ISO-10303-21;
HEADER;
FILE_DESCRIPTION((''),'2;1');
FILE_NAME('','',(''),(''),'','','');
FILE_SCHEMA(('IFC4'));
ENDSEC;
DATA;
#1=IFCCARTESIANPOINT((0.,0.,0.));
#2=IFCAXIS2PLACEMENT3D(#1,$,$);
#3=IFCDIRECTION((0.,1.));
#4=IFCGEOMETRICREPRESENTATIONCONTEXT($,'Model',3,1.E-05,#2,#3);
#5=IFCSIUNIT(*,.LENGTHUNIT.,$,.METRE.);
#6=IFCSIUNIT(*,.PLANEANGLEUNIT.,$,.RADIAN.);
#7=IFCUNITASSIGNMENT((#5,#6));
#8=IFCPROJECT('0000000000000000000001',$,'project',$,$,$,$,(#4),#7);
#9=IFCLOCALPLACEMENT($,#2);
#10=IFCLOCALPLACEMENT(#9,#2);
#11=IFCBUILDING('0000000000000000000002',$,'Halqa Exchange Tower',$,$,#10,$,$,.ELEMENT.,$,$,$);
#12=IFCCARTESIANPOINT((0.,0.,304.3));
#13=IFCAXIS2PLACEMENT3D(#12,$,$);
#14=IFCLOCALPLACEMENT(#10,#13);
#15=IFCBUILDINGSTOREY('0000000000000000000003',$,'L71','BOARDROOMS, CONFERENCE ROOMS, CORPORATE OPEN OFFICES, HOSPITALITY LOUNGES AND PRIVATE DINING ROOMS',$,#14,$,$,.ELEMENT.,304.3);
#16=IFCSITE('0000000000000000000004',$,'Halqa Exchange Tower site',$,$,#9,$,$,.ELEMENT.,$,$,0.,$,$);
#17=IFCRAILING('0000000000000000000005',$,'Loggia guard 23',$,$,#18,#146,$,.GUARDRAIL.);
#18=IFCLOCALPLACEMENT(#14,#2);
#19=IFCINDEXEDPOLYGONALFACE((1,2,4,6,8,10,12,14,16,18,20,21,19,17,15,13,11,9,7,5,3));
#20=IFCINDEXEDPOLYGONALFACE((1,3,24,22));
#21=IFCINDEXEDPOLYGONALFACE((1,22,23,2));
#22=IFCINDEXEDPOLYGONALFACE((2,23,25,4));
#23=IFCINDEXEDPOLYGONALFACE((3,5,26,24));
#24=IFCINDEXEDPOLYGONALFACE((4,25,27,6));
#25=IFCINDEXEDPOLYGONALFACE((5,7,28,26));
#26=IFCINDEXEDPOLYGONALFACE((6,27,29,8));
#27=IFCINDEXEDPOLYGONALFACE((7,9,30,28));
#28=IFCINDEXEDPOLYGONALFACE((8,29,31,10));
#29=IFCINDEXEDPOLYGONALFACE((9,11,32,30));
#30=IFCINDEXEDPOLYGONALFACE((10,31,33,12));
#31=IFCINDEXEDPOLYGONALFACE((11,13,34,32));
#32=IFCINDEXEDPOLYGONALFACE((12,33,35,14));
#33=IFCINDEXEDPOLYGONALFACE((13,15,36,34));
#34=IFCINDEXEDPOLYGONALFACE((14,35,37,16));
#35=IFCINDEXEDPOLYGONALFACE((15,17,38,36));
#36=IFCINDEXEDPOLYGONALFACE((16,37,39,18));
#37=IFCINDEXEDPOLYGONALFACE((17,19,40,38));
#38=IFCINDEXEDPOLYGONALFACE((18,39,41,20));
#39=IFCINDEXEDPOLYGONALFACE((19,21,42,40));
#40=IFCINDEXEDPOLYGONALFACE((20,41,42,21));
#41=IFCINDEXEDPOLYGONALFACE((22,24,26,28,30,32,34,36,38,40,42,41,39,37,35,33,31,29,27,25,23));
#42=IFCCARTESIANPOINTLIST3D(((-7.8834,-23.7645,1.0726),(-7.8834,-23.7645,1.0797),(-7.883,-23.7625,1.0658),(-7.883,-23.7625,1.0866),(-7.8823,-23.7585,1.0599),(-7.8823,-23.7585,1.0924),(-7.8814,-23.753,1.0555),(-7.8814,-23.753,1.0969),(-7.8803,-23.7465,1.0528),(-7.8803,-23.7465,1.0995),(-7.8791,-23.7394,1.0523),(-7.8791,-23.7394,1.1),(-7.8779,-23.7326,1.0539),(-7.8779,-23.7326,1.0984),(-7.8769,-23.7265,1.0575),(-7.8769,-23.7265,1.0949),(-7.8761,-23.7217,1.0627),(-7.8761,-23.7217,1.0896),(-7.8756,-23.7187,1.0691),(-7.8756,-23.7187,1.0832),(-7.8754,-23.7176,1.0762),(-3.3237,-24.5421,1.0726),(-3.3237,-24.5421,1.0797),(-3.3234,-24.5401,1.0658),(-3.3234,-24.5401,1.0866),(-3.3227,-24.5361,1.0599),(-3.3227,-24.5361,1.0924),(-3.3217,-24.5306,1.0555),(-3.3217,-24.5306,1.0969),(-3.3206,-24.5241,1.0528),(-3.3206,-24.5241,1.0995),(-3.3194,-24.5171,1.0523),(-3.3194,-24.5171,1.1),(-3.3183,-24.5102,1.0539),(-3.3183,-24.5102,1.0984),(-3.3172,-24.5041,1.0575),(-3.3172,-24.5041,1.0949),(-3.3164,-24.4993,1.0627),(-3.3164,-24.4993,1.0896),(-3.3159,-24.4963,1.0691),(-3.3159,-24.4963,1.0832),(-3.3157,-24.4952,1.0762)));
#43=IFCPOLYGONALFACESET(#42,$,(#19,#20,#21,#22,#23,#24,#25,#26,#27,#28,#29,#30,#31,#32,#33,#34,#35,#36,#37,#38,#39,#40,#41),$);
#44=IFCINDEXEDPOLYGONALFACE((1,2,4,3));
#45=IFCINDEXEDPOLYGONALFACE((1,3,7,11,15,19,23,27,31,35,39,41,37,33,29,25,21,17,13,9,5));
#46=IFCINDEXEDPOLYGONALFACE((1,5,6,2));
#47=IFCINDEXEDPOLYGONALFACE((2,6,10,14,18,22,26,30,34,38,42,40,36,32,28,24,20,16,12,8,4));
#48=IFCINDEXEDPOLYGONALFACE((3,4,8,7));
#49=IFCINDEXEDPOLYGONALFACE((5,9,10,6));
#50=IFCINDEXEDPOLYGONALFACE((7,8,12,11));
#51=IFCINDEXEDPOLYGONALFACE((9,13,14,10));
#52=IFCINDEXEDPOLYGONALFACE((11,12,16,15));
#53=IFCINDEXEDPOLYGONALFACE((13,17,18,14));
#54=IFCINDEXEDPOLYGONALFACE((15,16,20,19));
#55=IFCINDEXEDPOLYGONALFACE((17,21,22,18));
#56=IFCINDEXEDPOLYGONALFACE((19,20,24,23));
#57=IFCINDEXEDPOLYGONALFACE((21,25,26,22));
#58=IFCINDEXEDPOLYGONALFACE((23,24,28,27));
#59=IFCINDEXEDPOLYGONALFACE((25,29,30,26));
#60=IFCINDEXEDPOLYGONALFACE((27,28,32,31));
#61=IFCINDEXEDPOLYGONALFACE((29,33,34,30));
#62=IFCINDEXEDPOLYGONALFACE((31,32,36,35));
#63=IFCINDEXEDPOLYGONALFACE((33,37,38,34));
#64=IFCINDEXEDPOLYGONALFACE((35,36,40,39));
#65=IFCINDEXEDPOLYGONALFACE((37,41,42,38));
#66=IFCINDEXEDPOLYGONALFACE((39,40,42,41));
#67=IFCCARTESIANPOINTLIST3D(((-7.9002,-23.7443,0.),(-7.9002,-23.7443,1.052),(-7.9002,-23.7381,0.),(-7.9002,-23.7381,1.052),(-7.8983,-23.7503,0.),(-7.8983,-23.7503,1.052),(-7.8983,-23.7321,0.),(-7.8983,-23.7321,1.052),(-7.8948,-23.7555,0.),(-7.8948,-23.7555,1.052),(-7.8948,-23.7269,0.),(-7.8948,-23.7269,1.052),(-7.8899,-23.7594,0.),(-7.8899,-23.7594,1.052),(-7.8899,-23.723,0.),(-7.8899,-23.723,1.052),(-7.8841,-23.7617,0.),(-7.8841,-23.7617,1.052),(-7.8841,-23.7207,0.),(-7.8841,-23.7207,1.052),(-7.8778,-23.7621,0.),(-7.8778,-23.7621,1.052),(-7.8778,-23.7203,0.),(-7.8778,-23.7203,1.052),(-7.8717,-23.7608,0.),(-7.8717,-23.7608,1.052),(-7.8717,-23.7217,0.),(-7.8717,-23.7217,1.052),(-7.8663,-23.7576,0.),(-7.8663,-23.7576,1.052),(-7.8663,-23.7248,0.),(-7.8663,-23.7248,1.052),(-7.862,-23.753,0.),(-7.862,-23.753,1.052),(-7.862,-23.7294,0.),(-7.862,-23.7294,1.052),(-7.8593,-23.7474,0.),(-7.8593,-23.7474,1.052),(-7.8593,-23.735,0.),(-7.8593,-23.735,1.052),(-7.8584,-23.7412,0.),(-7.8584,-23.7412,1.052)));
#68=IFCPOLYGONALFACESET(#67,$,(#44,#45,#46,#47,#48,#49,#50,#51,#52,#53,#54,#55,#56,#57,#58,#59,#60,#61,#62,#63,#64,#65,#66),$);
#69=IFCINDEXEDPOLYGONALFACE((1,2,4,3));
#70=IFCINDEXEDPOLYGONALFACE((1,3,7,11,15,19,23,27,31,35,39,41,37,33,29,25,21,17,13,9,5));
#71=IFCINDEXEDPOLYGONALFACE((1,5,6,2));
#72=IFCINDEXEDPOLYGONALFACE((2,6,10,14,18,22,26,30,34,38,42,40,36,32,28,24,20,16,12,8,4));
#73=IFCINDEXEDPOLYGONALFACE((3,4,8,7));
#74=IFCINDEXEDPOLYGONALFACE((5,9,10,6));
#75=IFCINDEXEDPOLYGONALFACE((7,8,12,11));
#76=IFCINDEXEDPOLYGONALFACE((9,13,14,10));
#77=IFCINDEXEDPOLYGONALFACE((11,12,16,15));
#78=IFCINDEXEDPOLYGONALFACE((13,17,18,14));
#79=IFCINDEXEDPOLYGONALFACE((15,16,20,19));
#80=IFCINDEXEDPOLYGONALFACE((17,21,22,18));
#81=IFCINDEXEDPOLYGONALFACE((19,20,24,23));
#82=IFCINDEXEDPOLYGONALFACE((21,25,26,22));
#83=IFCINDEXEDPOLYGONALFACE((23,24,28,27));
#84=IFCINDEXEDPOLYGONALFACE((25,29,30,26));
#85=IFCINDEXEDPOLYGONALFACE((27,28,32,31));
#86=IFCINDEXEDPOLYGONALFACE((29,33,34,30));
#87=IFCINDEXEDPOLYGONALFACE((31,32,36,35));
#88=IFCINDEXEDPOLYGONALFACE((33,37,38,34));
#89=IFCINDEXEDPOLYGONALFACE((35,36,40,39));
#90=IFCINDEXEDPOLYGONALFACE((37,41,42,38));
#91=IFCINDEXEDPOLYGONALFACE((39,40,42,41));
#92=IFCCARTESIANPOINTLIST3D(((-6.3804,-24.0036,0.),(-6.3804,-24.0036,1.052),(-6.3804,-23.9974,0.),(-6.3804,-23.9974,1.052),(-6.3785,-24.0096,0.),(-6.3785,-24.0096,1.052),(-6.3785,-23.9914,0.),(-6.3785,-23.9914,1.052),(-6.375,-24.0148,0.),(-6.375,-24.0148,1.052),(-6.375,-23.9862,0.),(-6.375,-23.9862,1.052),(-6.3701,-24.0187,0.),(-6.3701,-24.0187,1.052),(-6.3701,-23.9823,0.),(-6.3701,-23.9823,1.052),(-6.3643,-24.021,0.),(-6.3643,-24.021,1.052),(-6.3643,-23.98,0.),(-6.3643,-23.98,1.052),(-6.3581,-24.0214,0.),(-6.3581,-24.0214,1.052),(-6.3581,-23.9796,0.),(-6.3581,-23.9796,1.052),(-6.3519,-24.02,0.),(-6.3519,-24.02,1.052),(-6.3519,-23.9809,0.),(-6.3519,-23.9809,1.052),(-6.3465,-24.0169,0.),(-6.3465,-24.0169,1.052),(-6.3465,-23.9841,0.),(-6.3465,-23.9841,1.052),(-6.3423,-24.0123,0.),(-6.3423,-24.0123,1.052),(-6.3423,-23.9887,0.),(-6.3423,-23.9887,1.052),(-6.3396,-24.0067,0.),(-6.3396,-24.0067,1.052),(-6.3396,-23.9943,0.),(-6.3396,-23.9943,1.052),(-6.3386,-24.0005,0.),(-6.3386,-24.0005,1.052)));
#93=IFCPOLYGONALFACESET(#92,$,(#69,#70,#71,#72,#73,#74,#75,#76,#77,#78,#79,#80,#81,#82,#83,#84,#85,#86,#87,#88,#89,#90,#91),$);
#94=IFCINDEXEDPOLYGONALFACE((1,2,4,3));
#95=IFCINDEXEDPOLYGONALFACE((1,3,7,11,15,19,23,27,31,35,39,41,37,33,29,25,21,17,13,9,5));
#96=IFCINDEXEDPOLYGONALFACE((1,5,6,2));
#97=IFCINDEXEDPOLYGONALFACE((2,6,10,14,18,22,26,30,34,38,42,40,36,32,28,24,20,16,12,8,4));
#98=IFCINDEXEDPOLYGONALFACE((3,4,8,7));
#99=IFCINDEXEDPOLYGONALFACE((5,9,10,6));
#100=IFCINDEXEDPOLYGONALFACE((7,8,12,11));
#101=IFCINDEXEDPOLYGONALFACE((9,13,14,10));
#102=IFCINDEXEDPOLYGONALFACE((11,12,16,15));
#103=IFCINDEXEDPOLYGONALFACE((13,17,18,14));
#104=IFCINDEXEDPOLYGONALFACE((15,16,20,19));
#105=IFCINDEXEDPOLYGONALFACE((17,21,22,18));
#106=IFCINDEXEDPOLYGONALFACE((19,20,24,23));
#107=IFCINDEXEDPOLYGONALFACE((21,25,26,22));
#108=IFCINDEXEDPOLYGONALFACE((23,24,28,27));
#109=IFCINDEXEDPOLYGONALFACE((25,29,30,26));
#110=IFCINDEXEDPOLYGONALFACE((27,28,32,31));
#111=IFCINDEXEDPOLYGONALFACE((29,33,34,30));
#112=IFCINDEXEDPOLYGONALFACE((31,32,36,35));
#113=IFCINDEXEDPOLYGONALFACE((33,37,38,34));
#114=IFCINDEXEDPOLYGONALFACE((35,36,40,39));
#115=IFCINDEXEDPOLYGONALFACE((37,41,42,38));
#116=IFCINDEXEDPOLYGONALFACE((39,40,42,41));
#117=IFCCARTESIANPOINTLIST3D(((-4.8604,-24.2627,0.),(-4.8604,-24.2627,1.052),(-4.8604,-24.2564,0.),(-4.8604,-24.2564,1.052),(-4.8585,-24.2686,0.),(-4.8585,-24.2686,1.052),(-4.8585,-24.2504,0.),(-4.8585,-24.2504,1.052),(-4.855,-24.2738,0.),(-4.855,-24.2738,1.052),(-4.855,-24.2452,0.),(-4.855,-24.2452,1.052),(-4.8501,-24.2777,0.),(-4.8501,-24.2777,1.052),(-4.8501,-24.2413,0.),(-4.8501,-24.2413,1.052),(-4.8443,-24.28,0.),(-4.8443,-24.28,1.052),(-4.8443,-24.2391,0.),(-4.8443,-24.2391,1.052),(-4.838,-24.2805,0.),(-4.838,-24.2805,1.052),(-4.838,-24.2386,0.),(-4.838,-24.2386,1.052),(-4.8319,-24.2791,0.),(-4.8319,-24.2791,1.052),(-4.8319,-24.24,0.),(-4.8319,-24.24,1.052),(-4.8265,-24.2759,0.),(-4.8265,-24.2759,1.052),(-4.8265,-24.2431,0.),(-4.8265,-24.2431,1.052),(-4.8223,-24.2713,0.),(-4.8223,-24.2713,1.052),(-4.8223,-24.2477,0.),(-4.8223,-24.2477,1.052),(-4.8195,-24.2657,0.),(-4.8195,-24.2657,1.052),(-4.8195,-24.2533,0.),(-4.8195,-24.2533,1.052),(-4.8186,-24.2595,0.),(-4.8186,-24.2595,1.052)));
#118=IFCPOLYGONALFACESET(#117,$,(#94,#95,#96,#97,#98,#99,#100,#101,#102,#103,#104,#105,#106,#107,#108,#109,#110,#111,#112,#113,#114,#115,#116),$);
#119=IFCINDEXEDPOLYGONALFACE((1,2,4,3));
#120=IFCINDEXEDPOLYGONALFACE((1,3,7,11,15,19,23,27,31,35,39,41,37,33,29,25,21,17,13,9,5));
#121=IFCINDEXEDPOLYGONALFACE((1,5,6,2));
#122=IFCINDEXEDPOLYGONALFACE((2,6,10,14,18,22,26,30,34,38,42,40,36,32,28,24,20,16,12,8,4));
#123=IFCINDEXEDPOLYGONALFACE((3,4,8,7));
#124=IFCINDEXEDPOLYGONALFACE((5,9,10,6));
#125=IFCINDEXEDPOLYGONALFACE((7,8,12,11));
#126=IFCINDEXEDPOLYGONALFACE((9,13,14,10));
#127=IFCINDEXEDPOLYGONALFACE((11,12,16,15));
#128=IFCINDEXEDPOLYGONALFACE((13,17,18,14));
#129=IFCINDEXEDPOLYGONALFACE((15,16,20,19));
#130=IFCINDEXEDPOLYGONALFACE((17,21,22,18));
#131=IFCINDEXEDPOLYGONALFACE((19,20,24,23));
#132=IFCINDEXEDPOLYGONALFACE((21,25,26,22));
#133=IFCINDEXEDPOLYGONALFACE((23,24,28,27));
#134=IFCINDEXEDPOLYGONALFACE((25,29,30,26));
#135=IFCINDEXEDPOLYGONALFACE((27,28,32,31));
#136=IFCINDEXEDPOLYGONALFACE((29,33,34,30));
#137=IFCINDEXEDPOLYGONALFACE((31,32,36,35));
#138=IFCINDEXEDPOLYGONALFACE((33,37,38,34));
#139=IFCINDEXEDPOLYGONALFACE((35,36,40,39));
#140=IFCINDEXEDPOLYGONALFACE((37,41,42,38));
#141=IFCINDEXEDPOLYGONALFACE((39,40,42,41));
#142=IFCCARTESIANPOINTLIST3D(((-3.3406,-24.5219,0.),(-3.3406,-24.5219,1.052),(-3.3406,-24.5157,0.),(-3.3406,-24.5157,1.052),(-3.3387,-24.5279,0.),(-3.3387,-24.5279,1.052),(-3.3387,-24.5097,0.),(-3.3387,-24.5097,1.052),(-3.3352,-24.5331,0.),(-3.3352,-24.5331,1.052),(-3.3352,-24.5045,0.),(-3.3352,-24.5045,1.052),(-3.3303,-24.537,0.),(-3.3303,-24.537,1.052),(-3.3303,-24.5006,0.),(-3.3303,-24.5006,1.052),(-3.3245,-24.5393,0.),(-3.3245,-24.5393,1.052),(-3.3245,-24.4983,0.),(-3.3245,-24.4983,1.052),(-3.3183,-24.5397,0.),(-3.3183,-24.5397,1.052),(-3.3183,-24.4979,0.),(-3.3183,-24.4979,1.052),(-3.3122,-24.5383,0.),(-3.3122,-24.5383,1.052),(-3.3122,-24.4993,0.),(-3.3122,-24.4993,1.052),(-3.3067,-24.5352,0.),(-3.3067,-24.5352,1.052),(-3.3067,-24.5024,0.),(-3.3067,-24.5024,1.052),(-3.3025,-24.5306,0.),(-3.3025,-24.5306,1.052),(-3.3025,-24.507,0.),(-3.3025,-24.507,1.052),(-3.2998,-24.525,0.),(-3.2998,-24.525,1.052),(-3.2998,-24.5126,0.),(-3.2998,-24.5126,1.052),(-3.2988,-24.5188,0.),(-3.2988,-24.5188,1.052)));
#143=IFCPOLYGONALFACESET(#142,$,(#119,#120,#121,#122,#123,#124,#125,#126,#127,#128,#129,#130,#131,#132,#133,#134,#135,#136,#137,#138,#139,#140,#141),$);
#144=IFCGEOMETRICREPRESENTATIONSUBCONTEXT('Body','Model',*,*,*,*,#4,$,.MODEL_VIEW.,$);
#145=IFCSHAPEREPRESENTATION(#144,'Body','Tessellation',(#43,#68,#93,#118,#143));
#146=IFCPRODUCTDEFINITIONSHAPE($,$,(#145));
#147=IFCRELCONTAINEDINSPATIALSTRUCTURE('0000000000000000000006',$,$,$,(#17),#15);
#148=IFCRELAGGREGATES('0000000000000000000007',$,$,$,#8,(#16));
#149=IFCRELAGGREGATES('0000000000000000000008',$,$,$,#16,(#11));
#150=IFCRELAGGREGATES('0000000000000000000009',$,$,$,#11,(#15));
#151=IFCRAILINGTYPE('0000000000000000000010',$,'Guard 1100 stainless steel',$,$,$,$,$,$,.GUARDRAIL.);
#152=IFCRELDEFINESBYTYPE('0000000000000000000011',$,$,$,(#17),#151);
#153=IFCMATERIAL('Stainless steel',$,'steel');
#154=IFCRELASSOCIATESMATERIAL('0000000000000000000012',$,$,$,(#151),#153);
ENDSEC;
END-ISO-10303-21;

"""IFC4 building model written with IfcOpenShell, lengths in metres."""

from ifc_helpers import new_model, si_unit, direction, frame, origin, origin_2d, place, context, subcontext, project, spatial, circle, extrude, material, type_object, element, save


model = new_model("IFC4")

# Units and contexts
model_context = context("Model", 3, precision=1e-05, world=origin(), true_north=direction((0.0, 1.0)))
body_context = subcontext(model_context, "Body", "Model", "MODEL_VIEW")
ifc_project = project(units=[si_unit("LENGTHUNIT", "METRE"), si_unit("PLANEANGLEUNIT", "RADIAN")], contexts=[model_context])

# Site, building, storey
site_placement = place(None, origin())
site = spatial("IfcSite", under=ifc_project, at=site_placement, Name="Halqa Exchange Tower site", CompositionType="ELEMENT", RefElevation=0.0)
building_placement = place(site_placement, origin())
building = spatial("IfcBuilding", under=site, at=building_placement, Name="Halqa Exchange Tower", CompositionType="ELEMENT")
storey_placement = place(building_placement, frame((0.0, 0.0, 304.3)))
storey = spatial("IfcBuildingStorey", under=building, at=storey_placement, Name="L71", Description="BOARDROOMS, CONFERENCE ROOMS, CORPORATE OPEN OFFICES, HOSPITALITY LOUNGES AND PRIVATE DINING ROOMS", CompositionType="ELEMENT", Elevation=304.3)

# Railing
ifc_material_1 = material(Name="Stainless steel", Category="steel")
railing_type = type_object("IfcRailingType", Name="Guard 1100 stainless steel", PredefinedType="GUARDRAIL", material=ifc_material_1)
railing_1_placement = place(storey_placement, frame((-7.8794, -23.7412, 0.0)))
element("IfcRailing", 1, at=railing_1_placement, inside=storey, type_object=railing_type, Name="Loggia guard 23", PredefinedType="GUARDRAIL", context=body_context, shape_type="SweptSolid", body=[
    extrude(circle(Radius=0.0239, at=origin_2d()), frame((0.0, 0.0, 1.0762), z_axis=(0.985768, -0.168113, 0.0), x_axis=(0.168113, 0.985768, 0.0)), (0.0, 0.0, 1.0), 4.6255),
    extrude(circle(Radius=0.021, at=origin_2d()), origin(), (0.0, 0.0, 1.0), 1.052),
    extrude(circle(Radius=0.021, at=origin_2d()), frame((1.5198, -0.2593, 0.0)), (0.0, 0.0, 1.0), 1.052),
    extrude(circle(Radius=0.021, at=origin_2d()), frame((3.0398, -0.5183, 0.0)), (0.0, 0.0, 1.0), 1.052),
    extrude(circle(Radius=0.021, at=origin_2d()), frame((4.5596, -0.7776, 0.0)), (0.0, 0.0, 1.0), 1.052),
])

save(model, "model.ifc")
